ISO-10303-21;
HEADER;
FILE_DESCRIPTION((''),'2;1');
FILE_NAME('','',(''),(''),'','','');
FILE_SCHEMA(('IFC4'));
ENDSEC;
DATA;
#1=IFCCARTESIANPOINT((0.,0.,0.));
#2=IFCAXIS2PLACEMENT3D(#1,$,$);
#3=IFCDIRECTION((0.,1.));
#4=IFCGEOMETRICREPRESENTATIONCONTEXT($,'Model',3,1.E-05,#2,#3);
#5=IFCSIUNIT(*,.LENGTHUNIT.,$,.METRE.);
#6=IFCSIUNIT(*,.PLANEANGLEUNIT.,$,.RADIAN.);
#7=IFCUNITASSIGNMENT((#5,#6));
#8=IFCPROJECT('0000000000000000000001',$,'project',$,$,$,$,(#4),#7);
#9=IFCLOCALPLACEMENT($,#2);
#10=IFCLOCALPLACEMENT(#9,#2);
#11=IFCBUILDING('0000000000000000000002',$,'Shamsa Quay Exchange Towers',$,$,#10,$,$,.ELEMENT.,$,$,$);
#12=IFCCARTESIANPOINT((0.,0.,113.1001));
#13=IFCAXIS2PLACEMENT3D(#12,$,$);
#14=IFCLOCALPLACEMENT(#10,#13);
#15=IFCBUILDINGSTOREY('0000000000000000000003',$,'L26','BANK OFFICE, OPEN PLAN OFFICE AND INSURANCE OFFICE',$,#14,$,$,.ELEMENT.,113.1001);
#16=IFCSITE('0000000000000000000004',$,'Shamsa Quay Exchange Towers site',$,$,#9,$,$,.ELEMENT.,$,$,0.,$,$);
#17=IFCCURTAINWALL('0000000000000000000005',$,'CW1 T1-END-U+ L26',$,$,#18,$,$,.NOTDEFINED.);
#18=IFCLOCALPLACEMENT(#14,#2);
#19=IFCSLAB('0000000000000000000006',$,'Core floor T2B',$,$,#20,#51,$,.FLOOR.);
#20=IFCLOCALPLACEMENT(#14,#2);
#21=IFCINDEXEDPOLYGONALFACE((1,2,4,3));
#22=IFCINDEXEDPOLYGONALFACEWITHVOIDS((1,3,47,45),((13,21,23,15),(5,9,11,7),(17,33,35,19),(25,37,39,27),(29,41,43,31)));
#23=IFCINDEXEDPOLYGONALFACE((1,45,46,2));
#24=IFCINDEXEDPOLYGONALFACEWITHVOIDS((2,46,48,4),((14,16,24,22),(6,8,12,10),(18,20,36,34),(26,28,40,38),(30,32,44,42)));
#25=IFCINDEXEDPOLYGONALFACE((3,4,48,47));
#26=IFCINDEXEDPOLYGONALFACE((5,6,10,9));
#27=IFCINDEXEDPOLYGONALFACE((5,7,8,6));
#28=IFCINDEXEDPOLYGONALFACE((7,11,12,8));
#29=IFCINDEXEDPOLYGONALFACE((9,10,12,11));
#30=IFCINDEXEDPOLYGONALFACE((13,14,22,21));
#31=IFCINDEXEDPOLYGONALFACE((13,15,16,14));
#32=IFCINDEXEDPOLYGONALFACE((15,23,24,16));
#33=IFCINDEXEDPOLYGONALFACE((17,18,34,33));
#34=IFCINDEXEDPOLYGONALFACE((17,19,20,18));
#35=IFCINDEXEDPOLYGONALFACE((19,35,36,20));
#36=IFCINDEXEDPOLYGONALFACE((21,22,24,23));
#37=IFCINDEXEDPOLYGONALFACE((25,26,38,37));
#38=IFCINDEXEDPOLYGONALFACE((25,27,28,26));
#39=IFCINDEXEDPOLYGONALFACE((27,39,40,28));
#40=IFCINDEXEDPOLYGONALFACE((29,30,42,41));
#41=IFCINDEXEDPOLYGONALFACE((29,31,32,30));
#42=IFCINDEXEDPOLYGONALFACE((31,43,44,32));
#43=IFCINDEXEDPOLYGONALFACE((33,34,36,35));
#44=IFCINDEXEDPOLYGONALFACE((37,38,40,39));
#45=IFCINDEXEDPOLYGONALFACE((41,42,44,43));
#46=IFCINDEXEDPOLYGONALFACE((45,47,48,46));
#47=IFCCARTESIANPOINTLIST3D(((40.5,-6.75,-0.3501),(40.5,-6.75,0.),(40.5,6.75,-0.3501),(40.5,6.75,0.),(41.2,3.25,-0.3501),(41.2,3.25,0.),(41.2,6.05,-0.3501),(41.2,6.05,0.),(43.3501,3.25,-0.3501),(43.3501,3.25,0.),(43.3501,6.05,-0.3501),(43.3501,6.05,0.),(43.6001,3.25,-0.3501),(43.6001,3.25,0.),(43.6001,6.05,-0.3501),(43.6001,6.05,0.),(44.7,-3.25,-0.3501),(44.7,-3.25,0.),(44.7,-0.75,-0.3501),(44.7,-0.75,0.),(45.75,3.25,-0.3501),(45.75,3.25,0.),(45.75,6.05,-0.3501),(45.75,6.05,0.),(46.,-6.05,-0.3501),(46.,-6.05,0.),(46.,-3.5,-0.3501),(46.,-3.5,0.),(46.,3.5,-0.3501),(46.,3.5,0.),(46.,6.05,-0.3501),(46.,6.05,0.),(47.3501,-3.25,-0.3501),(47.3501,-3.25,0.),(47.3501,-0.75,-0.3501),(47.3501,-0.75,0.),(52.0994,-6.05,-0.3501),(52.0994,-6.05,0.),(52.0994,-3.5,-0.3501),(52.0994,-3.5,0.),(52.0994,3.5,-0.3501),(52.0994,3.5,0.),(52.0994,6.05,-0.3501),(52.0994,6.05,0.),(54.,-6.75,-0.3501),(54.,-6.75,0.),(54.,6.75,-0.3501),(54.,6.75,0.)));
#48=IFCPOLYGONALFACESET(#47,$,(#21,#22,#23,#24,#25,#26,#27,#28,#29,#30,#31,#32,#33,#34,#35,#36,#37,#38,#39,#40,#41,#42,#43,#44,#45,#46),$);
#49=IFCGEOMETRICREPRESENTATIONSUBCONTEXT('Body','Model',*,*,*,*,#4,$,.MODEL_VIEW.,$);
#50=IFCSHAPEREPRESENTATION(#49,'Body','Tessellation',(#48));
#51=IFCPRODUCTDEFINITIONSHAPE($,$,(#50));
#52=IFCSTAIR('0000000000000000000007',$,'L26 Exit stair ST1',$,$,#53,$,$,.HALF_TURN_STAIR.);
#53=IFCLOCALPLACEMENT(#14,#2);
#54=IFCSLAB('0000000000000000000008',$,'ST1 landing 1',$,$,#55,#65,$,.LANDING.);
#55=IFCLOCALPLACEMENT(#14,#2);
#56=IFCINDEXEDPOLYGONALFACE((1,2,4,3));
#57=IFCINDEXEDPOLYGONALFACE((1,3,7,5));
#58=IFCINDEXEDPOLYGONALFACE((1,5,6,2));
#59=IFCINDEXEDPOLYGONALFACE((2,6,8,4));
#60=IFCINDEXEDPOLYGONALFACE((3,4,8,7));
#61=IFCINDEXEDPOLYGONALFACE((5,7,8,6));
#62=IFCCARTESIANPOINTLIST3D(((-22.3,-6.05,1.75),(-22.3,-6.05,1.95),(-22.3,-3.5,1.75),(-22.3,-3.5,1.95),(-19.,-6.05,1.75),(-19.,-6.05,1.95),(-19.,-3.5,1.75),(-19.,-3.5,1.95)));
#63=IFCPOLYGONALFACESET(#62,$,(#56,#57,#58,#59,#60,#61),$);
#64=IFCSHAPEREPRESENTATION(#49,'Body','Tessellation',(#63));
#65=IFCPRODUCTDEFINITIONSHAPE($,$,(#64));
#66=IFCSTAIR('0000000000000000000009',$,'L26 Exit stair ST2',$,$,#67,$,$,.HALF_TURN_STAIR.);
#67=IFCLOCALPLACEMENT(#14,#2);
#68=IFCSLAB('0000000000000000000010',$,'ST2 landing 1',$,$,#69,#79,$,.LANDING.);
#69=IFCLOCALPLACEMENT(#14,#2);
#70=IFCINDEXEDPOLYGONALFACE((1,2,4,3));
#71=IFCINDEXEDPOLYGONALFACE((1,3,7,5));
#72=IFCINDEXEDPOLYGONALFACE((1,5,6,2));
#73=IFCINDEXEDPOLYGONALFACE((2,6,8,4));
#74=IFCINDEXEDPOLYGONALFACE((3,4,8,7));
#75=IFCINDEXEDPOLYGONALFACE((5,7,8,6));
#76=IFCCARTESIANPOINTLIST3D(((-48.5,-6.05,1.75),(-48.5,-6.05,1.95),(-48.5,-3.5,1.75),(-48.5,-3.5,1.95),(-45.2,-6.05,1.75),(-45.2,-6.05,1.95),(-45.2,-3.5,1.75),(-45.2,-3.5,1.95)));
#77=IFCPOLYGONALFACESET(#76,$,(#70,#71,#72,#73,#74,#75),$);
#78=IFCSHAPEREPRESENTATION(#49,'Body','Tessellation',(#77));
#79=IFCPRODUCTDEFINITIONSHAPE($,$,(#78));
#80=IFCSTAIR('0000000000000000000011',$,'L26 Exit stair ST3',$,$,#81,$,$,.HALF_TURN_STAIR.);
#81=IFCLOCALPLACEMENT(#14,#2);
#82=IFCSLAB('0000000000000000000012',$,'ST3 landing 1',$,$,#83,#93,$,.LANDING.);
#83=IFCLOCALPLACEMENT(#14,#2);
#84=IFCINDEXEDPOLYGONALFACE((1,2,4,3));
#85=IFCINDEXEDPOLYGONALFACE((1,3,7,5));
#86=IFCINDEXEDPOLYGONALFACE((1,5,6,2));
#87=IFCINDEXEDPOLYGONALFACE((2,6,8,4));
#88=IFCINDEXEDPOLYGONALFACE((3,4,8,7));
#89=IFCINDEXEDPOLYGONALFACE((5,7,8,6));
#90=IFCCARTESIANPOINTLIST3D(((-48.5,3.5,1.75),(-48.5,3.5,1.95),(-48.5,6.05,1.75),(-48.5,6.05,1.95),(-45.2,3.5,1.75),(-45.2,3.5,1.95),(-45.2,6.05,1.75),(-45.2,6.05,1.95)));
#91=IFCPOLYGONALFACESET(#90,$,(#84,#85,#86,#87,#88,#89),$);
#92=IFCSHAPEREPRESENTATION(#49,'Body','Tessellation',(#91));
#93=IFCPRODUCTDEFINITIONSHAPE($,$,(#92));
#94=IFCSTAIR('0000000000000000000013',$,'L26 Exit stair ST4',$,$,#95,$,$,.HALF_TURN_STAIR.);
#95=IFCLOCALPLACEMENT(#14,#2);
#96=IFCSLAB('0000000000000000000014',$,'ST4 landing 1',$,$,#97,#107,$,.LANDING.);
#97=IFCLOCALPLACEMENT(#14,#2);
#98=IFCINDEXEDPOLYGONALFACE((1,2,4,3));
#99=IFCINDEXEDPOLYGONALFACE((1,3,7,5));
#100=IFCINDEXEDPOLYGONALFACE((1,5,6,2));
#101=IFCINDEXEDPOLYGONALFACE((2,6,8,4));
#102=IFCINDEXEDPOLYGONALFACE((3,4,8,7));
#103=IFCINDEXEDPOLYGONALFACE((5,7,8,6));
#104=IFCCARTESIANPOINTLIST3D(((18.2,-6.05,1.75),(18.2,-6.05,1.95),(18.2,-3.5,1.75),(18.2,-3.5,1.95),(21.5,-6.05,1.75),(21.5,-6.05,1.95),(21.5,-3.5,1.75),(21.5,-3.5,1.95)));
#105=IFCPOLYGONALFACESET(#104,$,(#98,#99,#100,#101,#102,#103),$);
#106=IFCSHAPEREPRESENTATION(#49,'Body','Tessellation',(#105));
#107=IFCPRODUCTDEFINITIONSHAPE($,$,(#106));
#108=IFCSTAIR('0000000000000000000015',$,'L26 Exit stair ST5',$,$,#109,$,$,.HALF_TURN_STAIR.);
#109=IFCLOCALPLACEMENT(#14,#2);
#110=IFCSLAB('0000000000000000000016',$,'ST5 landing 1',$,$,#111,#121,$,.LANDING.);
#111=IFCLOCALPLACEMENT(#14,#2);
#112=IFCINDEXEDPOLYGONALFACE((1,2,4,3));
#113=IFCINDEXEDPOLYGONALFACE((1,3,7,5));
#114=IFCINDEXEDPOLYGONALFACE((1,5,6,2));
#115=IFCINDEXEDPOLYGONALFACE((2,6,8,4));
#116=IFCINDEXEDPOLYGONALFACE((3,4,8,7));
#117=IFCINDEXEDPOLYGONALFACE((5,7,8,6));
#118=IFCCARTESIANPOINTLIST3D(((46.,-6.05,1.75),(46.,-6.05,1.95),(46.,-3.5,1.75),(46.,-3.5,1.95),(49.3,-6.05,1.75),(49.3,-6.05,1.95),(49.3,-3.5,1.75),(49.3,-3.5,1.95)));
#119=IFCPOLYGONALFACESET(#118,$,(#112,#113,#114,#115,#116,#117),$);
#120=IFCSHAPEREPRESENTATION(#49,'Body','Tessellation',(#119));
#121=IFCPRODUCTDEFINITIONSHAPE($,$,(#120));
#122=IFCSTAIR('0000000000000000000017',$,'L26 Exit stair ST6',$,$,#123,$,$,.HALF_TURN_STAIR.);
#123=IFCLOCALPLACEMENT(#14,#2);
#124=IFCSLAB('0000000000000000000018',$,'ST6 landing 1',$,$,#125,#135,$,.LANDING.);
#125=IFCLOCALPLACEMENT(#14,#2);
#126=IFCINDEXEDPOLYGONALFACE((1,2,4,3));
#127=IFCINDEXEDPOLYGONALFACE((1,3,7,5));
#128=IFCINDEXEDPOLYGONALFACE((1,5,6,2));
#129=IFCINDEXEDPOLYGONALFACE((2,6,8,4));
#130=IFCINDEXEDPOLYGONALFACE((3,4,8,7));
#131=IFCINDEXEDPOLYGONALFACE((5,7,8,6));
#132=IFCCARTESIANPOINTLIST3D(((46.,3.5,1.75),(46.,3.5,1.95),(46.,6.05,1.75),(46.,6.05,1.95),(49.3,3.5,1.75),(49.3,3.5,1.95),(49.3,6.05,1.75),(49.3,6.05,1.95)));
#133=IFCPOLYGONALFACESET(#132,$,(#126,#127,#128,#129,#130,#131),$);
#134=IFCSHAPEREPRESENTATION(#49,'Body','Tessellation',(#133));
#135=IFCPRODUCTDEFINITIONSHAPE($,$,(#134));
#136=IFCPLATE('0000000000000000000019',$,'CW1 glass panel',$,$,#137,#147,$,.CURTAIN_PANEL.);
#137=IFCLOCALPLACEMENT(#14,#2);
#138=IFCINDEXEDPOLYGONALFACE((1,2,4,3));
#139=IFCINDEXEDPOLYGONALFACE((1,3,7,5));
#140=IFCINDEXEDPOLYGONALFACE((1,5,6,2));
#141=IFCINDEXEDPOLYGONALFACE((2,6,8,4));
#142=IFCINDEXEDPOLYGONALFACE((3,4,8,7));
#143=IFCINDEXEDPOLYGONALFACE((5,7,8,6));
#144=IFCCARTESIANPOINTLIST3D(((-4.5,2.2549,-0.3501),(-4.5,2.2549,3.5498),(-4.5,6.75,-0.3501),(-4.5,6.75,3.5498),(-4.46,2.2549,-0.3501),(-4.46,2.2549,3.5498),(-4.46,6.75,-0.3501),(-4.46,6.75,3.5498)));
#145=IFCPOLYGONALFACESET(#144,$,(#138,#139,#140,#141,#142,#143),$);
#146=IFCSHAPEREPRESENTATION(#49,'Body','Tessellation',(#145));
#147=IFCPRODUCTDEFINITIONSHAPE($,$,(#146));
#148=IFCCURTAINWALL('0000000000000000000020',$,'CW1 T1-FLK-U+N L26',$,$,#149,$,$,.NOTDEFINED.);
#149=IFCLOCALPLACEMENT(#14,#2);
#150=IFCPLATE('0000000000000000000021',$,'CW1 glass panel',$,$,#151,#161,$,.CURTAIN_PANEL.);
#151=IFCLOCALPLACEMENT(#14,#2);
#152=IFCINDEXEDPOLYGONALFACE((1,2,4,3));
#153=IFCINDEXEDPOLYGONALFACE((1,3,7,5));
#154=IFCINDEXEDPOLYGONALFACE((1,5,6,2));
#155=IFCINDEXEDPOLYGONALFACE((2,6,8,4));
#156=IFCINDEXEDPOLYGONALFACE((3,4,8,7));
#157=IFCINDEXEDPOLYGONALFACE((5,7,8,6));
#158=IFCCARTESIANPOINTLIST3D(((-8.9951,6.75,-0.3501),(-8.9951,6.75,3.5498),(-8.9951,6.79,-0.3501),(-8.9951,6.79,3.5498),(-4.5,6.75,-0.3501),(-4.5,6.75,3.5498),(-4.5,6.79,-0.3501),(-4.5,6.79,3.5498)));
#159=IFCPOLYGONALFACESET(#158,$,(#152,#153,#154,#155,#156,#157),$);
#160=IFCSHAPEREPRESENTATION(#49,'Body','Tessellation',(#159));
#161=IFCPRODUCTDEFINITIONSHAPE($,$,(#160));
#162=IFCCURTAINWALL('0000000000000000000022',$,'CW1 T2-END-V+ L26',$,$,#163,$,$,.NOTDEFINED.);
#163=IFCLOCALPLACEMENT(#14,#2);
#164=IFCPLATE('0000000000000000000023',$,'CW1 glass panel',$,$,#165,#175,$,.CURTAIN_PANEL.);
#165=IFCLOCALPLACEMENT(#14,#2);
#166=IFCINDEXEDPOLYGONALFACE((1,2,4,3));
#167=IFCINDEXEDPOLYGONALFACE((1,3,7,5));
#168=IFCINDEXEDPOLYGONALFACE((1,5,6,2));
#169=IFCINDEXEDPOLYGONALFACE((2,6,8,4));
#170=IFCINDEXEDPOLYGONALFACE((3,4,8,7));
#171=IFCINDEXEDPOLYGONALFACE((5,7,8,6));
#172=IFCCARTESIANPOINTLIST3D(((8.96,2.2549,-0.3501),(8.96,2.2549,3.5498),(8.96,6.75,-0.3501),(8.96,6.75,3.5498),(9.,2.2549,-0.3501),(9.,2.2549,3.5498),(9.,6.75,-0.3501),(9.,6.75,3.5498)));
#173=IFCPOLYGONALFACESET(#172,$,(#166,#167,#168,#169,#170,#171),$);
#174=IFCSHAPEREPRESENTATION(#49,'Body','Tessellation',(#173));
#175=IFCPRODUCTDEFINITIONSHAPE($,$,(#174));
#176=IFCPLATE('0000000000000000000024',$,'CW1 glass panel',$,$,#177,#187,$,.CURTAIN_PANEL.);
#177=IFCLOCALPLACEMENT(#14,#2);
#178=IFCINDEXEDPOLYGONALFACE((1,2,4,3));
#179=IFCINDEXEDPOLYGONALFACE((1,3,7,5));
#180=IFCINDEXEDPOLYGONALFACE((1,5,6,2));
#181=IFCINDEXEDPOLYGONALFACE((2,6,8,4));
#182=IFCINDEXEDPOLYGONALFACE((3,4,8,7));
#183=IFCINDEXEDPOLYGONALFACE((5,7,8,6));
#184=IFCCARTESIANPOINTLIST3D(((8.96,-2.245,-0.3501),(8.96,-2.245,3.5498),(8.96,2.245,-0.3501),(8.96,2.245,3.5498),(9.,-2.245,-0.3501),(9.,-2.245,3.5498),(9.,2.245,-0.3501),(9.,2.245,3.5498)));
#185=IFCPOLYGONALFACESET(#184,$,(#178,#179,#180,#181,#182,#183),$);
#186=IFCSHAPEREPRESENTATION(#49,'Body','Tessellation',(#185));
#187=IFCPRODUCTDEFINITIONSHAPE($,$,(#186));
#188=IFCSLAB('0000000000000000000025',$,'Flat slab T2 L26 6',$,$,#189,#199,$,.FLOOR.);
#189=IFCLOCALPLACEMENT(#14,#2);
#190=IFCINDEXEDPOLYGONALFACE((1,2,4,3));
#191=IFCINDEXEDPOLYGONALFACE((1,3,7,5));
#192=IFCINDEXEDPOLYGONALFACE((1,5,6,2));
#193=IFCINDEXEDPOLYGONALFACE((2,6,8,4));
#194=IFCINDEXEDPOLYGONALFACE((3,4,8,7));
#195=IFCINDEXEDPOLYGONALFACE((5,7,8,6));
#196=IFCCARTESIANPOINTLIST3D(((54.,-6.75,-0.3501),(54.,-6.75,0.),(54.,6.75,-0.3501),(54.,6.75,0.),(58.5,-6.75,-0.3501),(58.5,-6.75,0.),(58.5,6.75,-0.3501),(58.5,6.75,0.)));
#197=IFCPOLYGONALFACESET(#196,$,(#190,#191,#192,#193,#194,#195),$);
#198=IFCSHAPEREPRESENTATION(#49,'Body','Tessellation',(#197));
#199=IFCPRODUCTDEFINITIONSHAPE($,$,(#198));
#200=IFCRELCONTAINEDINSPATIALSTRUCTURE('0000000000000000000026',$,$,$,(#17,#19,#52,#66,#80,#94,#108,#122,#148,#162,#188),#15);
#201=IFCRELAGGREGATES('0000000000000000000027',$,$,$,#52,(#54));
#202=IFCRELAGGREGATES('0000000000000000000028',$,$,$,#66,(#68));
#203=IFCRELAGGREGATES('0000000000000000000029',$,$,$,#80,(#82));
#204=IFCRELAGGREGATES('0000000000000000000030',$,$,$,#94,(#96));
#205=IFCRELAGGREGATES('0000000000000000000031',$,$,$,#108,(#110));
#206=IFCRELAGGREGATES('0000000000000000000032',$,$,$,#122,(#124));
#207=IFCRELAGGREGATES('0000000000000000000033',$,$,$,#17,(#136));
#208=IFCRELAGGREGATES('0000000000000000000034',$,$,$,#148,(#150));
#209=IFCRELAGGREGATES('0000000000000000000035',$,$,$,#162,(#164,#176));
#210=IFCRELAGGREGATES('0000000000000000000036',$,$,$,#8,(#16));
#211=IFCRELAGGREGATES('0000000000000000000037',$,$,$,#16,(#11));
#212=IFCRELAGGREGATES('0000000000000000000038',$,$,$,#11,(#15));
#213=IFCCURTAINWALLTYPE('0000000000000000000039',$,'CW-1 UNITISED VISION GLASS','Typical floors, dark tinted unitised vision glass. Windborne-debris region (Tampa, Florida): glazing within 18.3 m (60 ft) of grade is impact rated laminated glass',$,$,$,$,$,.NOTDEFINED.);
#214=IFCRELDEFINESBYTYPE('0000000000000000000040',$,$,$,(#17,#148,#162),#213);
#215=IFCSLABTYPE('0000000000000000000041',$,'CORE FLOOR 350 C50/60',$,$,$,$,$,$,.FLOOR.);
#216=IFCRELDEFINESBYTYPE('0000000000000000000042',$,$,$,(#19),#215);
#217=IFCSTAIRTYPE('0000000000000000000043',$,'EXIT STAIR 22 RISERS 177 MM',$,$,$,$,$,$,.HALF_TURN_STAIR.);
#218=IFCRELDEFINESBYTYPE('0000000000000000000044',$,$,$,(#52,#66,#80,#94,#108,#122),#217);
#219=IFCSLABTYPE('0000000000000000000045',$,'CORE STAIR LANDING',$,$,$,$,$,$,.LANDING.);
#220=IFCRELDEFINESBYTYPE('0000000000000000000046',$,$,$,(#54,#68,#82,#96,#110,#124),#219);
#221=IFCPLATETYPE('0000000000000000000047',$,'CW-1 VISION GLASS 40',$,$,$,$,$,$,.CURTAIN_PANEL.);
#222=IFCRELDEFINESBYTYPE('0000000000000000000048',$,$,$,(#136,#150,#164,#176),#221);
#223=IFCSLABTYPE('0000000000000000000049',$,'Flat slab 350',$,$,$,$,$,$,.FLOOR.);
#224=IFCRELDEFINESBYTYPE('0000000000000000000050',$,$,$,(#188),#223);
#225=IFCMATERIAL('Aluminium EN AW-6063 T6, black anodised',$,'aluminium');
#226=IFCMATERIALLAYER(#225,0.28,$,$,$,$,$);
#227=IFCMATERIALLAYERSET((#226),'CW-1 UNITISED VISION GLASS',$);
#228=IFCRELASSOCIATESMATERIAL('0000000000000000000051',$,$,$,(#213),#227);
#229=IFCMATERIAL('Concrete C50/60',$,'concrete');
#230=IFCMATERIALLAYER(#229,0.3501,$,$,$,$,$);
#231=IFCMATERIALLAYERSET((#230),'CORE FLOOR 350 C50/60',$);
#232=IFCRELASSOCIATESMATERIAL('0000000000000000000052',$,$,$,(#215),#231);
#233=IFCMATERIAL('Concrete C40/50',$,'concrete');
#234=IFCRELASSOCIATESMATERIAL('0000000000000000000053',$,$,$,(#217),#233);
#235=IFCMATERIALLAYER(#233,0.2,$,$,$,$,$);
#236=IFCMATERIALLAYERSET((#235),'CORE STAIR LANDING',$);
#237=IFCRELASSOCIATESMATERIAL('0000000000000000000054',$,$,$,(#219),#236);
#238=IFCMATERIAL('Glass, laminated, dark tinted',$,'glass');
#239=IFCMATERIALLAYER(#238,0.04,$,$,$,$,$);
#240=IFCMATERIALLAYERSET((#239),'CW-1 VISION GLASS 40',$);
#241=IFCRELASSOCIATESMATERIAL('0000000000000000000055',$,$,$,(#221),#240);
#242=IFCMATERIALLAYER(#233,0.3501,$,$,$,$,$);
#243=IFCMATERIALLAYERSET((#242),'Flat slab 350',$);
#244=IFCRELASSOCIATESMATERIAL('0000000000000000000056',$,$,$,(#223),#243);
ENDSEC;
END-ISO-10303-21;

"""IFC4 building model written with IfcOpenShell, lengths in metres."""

from ifc_helpers import new_model, si_unit, direction, frame, origin, origin_2d, place, context, subcontext, project, spatial, polyline, rectangle, outline, extrude, material, layer, layer_set, type_object, element, aggregate, save


model = new_model("IFC4")

# Units and contexts
model_context = context("Model", 3, precision=1e-05, world=origin(), true_north=direction((0.0, 1.0)))
body_context = subcontext(model_context, "Body", "Model", "MODEL_VIEW")
ifc_project = project(units=[si_unit("LENGTHUNIT", "METRE"), si_unit("PLANEANGLEUNIT", "RADIAN")], contexts=[model_context])

# Site, building, storey
site_placement = place(None, origin())
site = spatial("IfcSite", under=ifc_project, at=site_placement, Name="Shamsa Quay Exchange Towers site", CompositionType="ELEMENT", RefElevation=0.0)
building_placement = place(site_placement, origin())
building = spatial("IfcBuilding", under=site, at=building_placement, Name="Shamsa Quay Exchange Towers", CompositionType="ELEMENT")
storey_placement = place(building_placement, frame((0.0, 0.0, 113.1001)))
storey = spatial("IfcBuildingStorey", under=building, at=storey_placement, Name="L26", Description="BANK OFFICE, OPEN PLAN OFFICE AND INSURANCE OFFICE", CompositionType="ELEMENT", Elevation=113.1001)

# Curtain wall
ifc_material_1 = material(Name="Aluminium EN AW-6063 T6, black anodised", Category="aluminium")
ifc_layer_1 = layer(ifc_material_1, 0.28)
ifc_layer_set_1 = layer_set([ifc_layer_1], Name="CW-1 UNITISED VISION GLASS")
curtain_wall_type = type_object("IfcCurtainWallType", Name="CW-1 UNITISED VISION GLASS", Description="Typical floors, dark tinted unitised vision glass. Windborne-debris region (Tampa, Florida): glazing within 18.3 m (60 ft) of grade is impact rated laminated glass", PredefinedType="NOTDEFINED", material=ifc_layer_set_1)
curtain_wall_1_placement = place(storey_placement, origin())
curtain_wall_1 = element("IfcCurtainWall", 1, at=curtain_wall_1_placement, inside=storey, type_object=curtain_wall_type, Name="CW1 T1-END-U+ L26", PredefinedType="NOTDEFINED")

# Slab
ifc_material_2 = material(Name="Concrete C50/60", Category="concrete")
ifc_layer_2 = layer(ifc_material_2, 0.3501)
ifc_layer_set_2 = layer_set([ifc_layer_2], Name="CORE FLOOR 350 C50/60")
slab_type_1 = type_object("IfcSlabType", Name="CORE FLOOR 350 C50/60", PredefinedType="FLOOR", material=ifc_layer_set_2)
slab_1_placement = place(storey_placement, frame((0.0, 0.0, -0.3501)))
element("IfcSlab", 2, at=slab_1_placement, inside=storey, type_object=slab_type_1, Name="Core floor T2B", PredefinedType="FLOOR", context=body_context, shape_type="SweptSolid", body=[
    extrude(outline(polyline([(54.0, -6.75), (54.0, 6.75), (40.5, 6.75), (40.5, -6.75), (54.0, -6.75)]), holes=[polyline([(52.0994, -3.5), (52.0994, -6.05), (46.0, -6.05), (46.0, -3.5), (52.0994, -3.5)]), polyline([(52.0994, 6.05), (52.0994, 3.5), (46.0, 3.5), (46.0, 6.05), (52.0994, 6.05)]), polyline([(45.75, 3.25), (43.6001, 3.25), (43.6001, 6.05), (45.75, 6.05), (45.75, 3.25)]), polyline([(43.3501, 3.25), (41.2, 3.25), (41.2, 6.05), (43.3501, 6.05), (43.3501, 3.25)]), polyline([(47.3501, -3.25), (44.7, -3.25), (44.7, -0.75), (47.3501, -0.75), (47.3501, -3.25)])]), origin(), (0.0, 0.0, 1.0), 0.3501),
])

# Stairs, slabs
ifc_material_3 = material(Name="Concrete C40/50", Category="concrete")
stair_type = type_object("IfcStairType", Name="EXIT STAIR 22 RISERS 177 MM", PredefinedType="HALF_TURN_STAIR", material=ifc_material_3)
stair_1_placement = place(storey_placement, origin())
stair_1 = element("IfcStair", 3, at=stair_1_placement, inside=storey, type_object=stair_type, Name="L26 Exit stair ST1", PredefinedType="HALF_TURN_STAIR")
ifc_layer_3 = layer(ifc_material_3, 0.2)
ifc_layer_set_3 = layer_set([ifc_layer_3], Name="CORE STAIR LANDING")
slab_type_2 = type_object("IfcSlabType", Name="CORE STAIR LANDING", PredefinedType="LANDING", material=ifc_layer_set_3)
slab_2_placement = place(storey_placement, frame((0.0, 0.0, 1.75)))
slab_2 = element("IfcSlab", 4, at=slab_2_placement, type_object=slab_type_2, Name="ST1 landing 1", PredefinedType="LANDING", context=body_context, shape_type="SweptSolid", body=[
    extrude(outline(polyline([(-22.3, -6.05), (-19.0, -6.05), (-19.0, -3.5), (-22.3, -3.5), (-22.3, -6.05)])), origin(), (0.0, 0.0, 1.0), 0.2),
])
aggregate(stair_1, [slab_2])
stair_2_placement = place(storey_placement, origin())
stair_2 = element("IfcStair", 5, at=stair_2_placement, inside=storey, type_object=stair_type, Name="L26 Exit stair ST2", PredefinedType="HALF_TURN_STAIR")
slab_3_placement = place(storey_placement, frame((0.0, 0.0, 1.75)))
slab_3 = element("IfcSlab", 6, at=slab_3_placement, type_object=slab_type_2, Name="ST2 landing 1", PredefinedType="LANDING", context=body_context, shape_type="SweptSolid", body=[
    extrude(outline(polyline([(-45.2, -3.5), (-48.5, -3.5), (-48.5, -6.05), (-45.2, -6.05), (-45.2, -3.5)])), origin(), (0.0, 0.0, 1.0), 0.2),
])
aggregate(stair_2, [slab_3])
stair_3_placement = place(storey_placement, origin())
stair_3 = element("IfcStair", 7, at=stair_3_placement, inside=storey, type_object=stair_type, Name="L26 Exit stair ST3", PredefinedType="HALF_TURN_STAIR")
slab_4_placement = place(storey_placement, frame((0.0, 0.0, 1.75)))
slab_4 = element("IfcSlab", 8, at=slab_4_placement, type_object=slab_type_2, Name="ST3 landing 1", PredefinedType="LANDING", context=body_context, shape_type="SweptSolid", body=[
    extrude(outline(polyline([(-45.2, 6.05), (-48.5, 6.05), (-48.5, 3.5), (-45.2, 3.5), (-45.2, 6.05)])), origin(), (0.0, 0.0, 1.0), 0.2),
])
aggregate(stair_3, [slab_4])
stair_4_placement = place(storey_placement, origin())
stair_4 = element("IfcStair", 9, at=stair_4_placement, inside=storey, type_object=stair_type, Name="L26 Exit stair ST4", PredefinedType="HALF_TURN_STAIR")
slab_5_placement = place(storey_placement, frame((0.0, 0.0, 1.75)))
slab_5 = element("IfcSlab", 10, at=slab_5_placement, type_object=slab_type_2, Name="ST4 landing 1", PredefinedType="LANDING", context=body_context, shape_type="SweptSolid", body=[
    extrude(outline(polyline([(18.2, -6.05), (21.5, -6.05), (21.5, -3.5), (18.2, -3.5), (18.2, -6.05)])), origin(), (0.0, 0.0, 1.0), 0.2),
])
aggregate(stair_4, [slab_5])
stair_5_placement = place(storey_placement, origin())
stair_5 = element("IfcStair", 11, at=stair_5_placement, inside=storey, type_object=stair_type, Name="L26 Exit stair ST5", PredefinedType="HALF_TURN_STAIR")
slab_6_placement = place(storey_placement, frame((0.0, 0.0, 1.75)))
slab_6 = element("IfcSlab", 12, at=slab_6_placement, type_object=slab_type_2, Name="ST5 landing 1", PredefinedType="LANDING", context=body_context, shape_type="SweptSolid", body=[
    extrude(outline(polyline([(49.3, -3.5), (46.0, -3.5), (46.0, -6.05), (49.3, -6.05), (49.3, -3.5)])), origin(), (0.0, 0.0, 1.0), 0.2),
])
aggregate(stair_5, [slab_6])
stair_6_placement = place(storey_placement, origin())
stair_6 = element("IfcStair", 13, at=stair_6_placement, inside=storey, type_object=stair_type, Name="L26 Exit stair ST6", PredefinedType="HALF_TURN_STAIR")
slab_7_placement = place(storey_placement, frame((0.0, 0.0, 1.75)))
slab_7 = element("IfcSlab", 14, at=slab_7_placement, type_object=slab_type_2, Name="ST6 landing 1", PredefinedType="LANDING", context=body_context, shape_type="SweptSolid", body=[
    extrude(outline(polyline([(49.3, 6.05), (46.0, 6.05), (46.0, 3.5), (49.3, 3.5), (49.3, 6.05)])), origin(), (0.0, 0.0, 1.0), 0.2),
])
aggregate(stair_6, [slab_7])

# Plate
ifc_material_4 = material(Name="Glass, laminated, dark tinted", Category="glass")
ifc_layer_4 = layer(ifc_material_4, 0.04)
ifc_layer_set_4 = layer_set([ifc_layer_4], Name="CW-1 VISION GLASS 40")
plate_type = type_object("IfcPlateType", Name="CW-1 VISION GLASS 40", PredefinedType="CURTAIN_PANEL", material=ifc_layer_set_4)
plate_1_placement = place(storey_placement, frame((-4.48, 4.5024, -0.3501), z_axis=(0.0, 0.0, 1.0), x_axis=(0.0, 1.0, 0.0)))
plate_1 = element("IfcPlate", 15, at=plate_1_placement, type_object=plate_type, Name="CW1 glass panel", PredefinedType="CURTAIN_PANEL", context=body_context, shape_type="SweptSolid", body=[
    extrude(rectangle(XDim=4.4951, YDim=0.04, at=origin_2d()), origin(), (0.0, 0.0, 1.0), 3.8999),
])
aggregate(curtain_wall_1, [plate_1])

# Curtain wall, plate
curtain_wall_2_placement = place(storey_placement, origin())
curtain_wall_2 = element("IfcCurtainWall", 16, at=curtain_wall_2_placement, inside=storey, type_object=curtain_wall_type, Name="CW1 T1-FLK-U+N L26", PredefinedType="NOTDEFINED")
plate_2_placement = place(storey_placement, frame((-6.7476, 6.77, -0.3501), z_axis=(0.0, 0.0, 1.0), x_axis=(-1.0, 0.0, 0.0)))
plate_2 = element("IfcPlate", 17, at=plate_2_placement, type_object=plate_type, Name="CW1 glass panel", PredefinedType="CURTAIN_PANEL", context=body_context, shape_type="SweptSolid", body=[
    extrude(rectangle(XDim=4.4951, YDim=0.04, at=origin_2d()), origin(), (0.0, 0.0, 1.0), 3.8999),
])
aggregate(curtain_wall_2, [plate_2])

# Curtain wall, plates
curtain_wall_3_placement = place(storey_placement, origin())
curtain_wall_3 = element("IfcCurtainWall", 18, at=curtain_wall_3_placement, inside=storey, type_object=curtain_wall_type, Name="CW1 T2-END-V+ L26", PredefinedType="NOTDEFINED")
plate_3_placement = place(storey_placement, frame((8.98, 4.5024, -0.3501), z_axis=(0.0, 0.0, 1.0), x_axis=(0.0, -1.0, 0.0)))
plate_3 = element("IfcPlate", 19, at=plate_3_placement, type_object=plate_type, Name="CW1 glass panel", PredefinedType="CURTAIN_PANEL", context=body_context, shape_type="SweptSolid", body=[
    extrude(rectangle(XDim=4.4951, YDim=0.04, at=origin_2d()), origin(), (0.0, 0.0, 1.0), 3.8999),
])
plate_4_placement = place(storey_placement, frame((8.98, 0.0, -0.3501), z_axis=(0.0, 0.0, 1.0), x_axis=(0.0, -1.0, 0.0)))
plate_4 = element("IfcPlate", 20, at=plate_4_placement, type_object=plate_type, Name="CW1 glass panel", PredefinedType="CURTAIN_PANEL", context=body_context, shape_type="SweptSolid", body=[
    extrude(rectangle(XDim=4.49, YDim=0.04, at=origin_2d()), origin(), (0.0, 0.0, 1.0), 3.8999),
])
aggregate(curtain_wall_3, [plate_3, plate_4])

# Slab
ifc_layer_5 = layer(ifc_material_3, 0.3501)
ifc_layer_set_5 = layer_set([ifc_layer_5], Name="Flat slab 350")
slab_type_3 = type_object("IfcSlabType", Name="Flat slab 350", PredefinedType="FLOOR", material=ifc_layer_set_5)
slab_8_placement = place(storey_placement, frame((0.0, 0.0, -0.3501)))
element("IfcSlab", 21, at=slab_8_placement, inside=storey, type_object=slab_type_3, Name="Flat slab T2 L26 6", PredefinedType="FLOOR", context=body_context, shape_type="SweptSolid", body=[
    extrude(outline(polyline([(58.5, 6.75), (54.0, 6.75), (54.0, -6.75), (58.5, -6.75), (58.5, 6.75)])), origin(), (0.0, 0.0, 1.0), 0.3501),
])

save(model, "model.ifc")
